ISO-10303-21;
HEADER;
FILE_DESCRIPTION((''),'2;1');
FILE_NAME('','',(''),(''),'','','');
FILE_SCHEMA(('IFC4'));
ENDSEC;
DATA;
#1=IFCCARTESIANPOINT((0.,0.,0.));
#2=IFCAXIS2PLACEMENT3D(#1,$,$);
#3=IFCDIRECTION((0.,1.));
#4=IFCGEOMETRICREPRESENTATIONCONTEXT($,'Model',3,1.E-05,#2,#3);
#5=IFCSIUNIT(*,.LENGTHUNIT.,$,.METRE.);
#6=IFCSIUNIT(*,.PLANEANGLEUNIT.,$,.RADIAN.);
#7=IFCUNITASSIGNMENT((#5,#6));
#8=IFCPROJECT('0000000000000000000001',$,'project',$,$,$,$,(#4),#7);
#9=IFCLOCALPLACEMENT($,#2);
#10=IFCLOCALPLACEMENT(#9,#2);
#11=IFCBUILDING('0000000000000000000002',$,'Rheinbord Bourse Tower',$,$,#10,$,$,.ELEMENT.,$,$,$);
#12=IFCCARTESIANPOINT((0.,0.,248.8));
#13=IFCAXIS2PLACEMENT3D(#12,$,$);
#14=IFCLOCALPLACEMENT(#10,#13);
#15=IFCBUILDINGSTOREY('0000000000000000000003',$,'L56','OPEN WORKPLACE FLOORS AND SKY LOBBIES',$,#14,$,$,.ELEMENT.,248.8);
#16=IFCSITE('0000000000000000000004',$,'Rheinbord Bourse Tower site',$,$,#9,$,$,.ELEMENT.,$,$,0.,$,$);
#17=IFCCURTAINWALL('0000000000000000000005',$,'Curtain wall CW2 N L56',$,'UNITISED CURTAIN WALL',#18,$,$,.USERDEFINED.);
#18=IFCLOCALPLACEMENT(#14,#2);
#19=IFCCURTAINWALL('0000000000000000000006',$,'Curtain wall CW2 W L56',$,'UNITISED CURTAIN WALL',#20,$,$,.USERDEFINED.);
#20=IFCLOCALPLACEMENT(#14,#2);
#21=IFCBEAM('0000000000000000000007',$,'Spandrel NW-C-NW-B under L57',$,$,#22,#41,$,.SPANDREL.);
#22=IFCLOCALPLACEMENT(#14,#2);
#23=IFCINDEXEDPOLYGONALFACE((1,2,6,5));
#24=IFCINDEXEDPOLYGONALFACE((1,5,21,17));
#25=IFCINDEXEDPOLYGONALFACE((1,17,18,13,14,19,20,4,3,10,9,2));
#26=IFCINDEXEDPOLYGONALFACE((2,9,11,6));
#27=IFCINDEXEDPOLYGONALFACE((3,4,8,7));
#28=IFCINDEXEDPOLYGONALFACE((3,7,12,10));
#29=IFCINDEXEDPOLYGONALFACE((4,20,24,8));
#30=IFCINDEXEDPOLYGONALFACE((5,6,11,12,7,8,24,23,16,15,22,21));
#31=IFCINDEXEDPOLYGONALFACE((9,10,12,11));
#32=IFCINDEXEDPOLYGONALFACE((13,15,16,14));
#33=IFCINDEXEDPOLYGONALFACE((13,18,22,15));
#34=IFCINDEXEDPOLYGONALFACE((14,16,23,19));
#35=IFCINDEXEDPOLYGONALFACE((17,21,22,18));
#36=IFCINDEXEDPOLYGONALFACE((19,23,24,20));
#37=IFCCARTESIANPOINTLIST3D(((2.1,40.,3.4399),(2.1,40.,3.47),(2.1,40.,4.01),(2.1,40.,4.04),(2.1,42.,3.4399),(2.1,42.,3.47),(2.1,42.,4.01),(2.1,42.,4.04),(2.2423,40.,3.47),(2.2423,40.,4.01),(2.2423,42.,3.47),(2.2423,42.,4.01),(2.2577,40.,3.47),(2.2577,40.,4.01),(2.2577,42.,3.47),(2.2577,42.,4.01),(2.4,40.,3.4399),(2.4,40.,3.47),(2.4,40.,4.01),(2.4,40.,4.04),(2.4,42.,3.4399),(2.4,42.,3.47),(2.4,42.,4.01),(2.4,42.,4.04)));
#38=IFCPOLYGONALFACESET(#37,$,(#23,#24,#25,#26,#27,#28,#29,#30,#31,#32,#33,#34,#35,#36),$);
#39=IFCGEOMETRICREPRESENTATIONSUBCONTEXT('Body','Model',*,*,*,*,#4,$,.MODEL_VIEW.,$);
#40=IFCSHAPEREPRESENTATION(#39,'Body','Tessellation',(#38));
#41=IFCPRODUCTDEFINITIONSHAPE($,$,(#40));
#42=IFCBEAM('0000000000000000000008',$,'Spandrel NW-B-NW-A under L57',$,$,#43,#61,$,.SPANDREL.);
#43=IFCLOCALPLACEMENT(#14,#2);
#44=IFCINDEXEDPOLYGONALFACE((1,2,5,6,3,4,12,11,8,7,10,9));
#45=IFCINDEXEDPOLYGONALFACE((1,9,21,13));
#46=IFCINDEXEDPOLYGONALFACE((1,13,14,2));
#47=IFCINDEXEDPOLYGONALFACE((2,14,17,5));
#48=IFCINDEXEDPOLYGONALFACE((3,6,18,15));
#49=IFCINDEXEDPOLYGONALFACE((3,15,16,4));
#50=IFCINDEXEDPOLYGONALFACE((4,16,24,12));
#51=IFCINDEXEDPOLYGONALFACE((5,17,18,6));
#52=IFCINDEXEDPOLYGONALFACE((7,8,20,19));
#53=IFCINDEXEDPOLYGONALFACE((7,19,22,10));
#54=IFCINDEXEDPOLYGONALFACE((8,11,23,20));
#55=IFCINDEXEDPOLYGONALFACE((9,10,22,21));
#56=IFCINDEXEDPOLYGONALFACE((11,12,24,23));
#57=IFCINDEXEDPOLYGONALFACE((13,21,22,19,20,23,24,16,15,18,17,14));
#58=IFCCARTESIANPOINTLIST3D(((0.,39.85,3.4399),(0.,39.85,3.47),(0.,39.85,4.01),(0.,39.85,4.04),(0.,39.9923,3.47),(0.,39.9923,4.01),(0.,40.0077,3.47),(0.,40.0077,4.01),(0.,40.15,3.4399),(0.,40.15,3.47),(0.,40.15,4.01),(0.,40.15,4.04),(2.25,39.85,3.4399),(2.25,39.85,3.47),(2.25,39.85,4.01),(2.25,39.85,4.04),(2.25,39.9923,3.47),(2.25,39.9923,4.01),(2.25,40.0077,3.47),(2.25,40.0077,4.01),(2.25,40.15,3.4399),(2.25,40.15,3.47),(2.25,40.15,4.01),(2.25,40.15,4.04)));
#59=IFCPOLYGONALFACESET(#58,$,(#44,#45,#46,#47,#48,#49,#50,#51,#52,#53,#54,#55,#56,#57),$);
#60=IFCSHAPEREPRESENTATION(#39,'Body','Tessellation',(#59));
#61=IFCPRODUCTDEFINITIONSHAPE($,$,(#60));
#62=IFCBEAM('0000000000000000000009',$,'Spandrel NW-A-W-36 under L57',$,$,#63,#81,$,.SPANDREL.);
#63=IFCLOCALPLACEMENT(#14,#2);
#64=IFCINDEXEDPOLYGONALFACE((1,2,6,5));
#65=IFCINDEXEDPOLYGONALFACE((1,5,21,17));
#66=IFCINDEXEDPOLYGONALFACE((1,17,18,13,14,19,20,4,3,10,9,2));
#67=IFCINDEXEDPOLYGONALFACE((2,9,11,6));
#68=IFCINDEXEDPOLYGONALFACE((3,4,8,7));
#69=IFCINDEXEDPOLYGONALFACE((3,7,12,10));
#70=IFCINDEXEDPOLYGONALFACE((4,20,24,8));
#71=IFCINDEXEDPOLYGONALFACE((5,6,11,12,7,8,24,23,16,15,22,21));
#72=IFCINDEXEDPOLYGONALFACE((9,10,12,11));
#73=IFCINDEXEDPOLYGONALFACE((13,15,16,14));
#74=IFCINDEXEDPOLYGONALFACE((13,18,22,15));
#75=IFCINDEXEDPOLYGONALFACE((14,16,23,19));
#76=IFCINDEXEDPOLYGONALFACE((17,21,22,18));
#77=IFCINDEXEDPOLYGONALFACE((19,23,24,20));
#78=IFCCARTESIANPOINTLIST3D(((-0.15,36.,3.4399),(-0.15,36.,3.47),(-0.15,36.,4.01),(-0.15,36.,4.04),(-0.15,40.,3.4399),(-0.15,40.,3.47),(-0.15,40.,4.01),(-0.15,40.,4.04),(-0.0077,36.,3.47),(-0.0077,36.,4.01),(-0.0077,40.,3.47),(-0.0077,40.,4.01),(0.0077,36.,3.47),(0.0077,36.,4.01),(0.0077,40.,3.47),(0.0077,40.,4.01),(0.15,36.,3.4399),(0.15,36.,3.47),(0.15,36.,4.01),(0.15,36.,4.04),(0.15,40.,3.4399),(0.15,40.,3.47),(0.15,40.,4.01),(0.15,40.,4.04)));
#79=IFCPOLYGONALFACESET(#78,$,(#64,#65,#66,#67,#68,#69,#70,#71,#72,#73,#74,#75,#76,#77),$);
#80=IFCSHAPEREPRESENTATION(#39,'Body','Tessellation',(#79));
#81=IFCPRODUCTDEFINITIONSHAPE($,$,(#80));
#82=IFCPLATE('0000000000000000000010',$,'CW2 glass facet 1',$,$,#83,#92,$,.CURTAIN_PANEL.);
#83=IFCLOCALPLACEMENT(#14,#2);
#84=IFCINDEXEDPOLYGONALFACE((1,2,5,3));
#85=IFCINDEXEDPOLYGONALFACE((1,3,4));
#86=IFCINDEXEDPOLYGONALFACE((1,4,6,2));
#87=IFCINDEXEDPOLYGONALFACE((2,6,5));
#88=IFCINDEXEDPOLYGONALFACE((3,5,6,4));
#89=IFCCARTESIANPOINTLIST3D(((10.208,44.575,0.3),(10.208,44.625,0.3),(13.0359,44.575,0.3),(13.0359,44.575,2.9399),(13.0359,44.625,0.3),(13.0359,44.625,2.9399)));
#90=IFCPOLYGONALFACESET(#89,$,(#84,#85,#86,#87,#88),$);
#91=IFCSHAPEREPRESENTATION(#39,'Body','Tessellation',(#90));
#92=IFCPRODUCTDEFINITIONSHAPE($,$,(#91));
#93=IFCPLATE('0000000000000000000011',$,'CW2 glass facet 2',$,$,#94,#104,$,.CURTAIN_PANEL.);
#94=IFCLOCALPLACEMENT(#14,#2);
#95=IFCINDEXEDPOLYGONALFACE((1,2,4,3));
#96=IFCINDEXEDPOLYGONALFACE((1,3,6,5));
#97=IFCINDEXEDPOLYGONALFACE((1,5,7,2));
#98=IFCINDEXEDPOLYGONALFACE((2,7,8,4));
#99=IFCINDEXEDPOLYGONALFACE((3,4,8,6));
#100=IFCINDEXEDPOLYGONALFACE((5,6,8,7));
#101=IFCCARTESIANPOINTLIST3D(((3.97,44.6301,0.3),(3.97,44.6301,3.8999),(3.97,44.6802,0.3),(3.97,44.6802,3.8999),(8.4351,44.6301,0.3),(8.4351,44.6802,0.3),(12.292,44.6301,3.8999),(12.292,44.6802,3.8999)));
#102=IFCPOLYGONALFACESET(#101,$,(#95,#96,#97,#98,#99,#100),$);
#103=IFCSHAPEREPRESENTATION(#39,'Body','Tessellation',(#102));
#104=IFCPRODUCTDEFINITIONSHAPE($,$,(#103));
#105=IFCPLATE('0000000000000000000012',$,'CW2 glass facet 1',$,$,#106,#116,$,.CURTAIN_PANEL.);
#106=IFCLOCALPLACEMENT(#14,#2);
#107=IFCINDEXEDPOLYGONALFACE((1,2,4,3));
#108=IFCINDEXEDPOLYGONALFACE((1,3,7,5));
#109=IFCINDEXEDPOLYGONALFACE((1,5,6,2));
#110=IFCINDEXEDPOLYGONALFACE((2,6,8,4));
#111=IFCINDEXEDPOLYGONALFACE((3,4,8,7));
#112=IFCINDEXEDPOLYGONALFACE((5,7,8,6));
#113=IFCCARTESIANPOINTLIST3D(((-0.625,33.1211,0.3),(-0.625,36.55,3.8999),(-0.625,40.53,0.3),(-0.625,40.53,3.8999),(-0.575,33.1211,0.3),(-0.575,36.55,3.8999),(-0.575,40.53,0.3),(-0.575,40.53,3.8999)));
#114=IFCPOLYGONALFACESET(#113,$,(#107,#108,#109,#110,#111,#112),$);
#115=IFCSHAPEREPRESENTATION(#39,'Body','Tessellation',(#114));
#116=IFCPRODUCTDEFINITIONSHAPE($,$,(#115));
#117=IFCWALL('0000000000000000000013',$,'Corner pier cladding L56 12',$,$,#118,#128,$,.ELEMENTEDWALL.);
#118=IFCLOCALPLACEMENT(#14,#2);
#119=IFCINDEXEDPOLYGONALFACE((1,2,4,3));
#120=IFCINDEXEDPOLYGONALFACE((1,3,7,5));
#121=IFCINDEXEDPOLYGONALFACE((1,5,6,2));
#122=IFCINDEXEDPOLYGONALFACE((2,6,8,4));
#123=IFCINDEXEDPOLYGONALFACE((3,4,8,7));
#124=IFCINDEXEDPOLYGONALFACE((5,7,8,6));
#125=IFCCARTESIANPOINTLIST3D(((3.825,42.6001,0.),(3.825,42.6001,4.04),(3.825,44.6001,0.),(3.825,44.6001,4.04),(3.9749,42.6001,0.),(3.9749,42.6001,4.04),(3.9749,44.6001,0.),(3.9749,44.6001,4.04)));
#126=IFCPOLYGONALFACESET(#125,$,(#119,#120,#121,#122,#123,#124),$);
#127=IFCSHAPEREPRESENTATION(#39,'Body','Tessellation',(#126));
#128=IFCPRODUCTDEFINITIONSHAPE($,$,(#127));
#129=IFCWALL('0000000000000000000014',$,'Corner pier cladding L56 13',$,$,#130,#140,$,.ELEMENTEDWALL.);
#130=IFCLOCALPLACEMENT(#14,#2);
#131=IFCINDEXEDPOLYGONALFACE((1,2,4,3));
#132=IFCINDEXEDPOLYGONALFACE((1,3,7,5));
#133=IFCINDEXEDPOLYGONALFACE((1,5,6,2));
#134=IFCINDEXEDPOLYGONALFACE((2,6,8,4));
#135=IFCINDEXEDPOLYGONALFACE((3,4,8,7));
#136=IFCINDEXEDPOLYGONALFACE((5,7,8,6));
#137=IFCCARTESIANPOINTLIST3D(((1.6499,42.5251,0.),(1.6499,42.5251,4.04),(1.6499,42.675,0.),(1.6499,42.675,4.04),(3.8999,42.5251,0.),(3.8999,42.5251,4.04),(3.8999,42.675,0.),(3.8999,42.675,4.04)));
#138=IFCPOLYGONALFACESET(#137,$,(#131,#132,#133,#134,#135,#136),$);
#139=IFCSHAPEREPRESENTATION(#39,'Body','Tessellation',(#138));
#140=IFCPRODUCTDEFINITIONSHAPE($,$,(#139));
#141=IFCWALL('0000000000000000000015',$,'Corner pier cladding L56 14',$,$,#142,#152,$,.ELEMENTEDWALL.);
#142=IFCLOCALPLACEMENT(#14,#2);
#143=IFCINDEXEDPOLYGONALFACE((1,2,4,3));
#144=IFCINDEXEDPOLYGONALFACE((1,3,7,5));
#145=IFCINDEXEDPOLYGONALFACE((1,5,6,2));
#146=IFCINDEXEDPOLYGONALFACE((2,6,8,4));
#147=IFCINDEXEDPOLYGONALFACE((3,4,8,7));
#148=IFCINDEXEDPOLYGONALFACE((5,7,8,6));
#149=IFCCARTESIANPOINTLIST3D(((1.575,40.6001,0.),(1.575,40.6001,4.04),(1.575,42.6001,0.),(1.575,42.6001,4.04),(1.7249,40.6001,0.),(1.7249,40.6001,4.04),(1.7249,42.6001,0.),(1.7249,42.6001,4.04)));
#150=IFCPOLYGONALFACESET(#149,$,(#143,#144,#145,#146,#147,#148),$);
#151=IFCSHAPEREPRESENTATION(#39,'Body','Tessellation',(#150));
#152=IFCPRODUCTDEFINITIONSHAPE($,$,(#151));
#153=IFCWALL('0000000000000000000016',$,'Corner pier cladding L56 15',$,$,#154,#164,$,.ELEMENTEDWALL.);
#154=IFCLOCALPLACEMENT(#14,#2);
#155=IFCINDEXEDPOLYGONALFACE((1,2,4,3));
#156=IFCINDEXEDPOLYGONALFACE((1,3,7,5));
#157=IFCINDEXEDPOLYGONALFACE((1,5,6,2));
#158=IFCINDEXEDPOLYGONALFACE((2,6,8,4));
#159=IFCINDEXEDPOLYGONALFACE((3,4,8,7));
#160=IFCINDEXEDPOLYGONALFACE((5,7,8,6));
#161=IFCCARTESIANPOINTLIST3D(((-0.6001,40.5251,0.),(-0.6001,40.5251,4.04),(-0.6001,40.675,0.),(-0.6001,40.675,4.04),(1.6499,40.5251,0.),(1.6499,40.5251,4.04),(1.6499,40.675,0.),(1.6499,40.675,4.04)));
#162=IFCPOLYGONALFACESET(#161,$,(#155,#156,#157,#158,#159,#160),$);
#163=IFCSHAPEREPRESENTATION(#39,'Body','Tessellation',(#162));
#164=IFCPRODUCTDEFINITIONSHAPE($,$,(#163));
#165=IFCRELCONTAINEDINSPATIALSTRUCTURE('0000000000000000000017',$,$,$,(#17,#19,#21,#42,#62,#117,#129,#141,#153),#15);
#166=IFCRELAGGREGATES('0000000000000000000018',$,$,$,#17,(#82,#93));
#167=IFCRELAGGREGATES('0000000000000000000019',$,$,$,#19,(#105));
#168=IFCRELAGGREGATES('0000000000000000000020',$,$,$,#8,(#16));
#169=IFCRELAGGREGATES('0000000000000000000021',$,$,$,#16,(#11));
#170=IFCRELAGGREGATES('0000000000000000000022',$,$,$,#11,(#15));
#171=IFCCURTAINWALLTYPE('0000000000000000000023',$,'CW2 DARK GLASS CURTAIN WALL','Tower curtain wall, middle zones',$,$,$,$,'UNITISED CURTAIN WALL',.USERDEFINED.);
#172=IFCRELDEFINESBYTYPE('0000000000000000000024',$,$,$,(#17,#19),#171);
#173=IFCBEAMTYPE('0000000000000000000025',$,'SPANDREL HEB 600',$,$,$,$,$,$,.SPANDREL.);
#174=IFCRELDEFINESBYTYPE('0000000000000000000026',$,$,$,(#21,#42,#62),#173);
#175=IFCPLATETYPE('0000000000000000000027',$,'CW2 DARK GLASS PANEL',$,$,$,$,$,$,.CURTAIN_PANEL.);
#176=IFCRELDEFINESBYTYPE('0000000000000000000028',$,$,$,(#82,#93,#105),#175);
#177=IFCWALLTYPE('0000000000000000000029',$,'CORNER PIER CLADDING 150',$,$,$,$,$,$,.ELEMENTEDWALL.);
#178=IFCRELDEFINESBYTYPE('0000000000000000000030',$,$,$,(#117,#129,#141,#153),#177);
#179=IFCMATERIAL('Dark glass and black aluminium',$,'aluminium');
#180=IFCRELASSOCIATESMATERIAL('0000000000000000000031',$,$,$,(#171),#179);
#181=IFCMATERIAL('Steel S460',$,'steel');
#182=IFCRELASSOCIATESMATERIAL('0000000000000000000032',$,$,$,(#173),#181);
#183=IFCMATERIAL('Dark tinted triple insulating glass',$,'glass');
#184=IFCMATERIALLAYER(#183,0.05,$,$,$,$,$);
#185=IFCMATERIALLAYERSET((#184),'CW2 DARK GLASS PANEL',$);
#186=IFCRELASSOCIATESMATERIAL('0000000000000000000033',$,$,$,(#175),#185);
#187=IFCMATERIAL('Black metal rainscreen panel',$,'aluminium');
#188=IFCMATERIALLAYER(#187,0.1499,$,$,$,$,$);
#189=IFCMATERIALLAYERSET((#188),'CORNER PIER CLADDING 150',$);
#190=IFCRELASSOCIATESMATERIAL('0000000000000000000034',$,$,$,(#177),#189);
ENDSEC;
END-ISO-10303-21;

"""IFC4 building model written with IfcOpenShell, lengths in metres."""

from ifc_helpers import new_model, si_unit, direction, frame, frame_2d, origin, origin_2d, place, context, subcontext, project, spatial, polyline, rectangle, i_section, outline, extrude, material, layer, layer_set, material_profile, profile_set, type_object, element, aggregate, save


model = new_model("IFC4")

# Units and contexts
model_context = context("Model", 3, precision=1e-05, world=origin(), true_north=direction((0.0, 1.0)))
body_context = subcontext(model_context, "Body", "Model", "MODEL_VIEW")
ifc_project = project(units=[si_unit("LENGTHUNIT", "METRE"), si_unit("PLANEANGLEUNIT", "RADIAN")], contexts=[model_context])

# Site, building, storey
site_placement = place(None, origin())
site = spatial("IfcSite", under=ifc_project, at=site_placement, Name="Rheinbord Bourse Tower site", CompositionType="ELEMENT", RefElevation=0.0)
building_placement = place(site_placement, origin())
building = spatial("IfcBuilding", under=site, at=building_placement, Name="Rheinbord Bourse Tower", CompositionType="ELEMENT")
storey_placement = place(building_placement, frame((0.0, 0.0, 248.8)))
storey = spatial("IfcBuildingStorey", under=building, at=storey_placement, Name="L56", Description="OPEN WORKPLACE FLOORS AND SKY LOBBIES", CompositionType="ELEMENT", Elevation=248.8)

# Curtain wall
ifc_material_1 = material(Name="Dark glass and black aluminium", Category="aluminium")
curtain_wall_type = type_object("IfcCurtainWallType", Name="CW2 DARK GLASS CURTAIN WALL", Description="Tower curtain wall, middle zones", ElementType="UNITISED CURTAIN WALL", PredefinedType="USERDEFINED", material=ifc_material_1)
curtain_wall_1_placement = place(storey_placement, origin())
curtain_wall_1 = element("IfcCurtainWall", 1, at=curtain_wall_1_placement, inside=storey, type_object=curtain_wall_type, Name="Curtain wall CW2 N L56", ObjectType="UNITISED CURTAIN WALL", PredefinedType="USERDEFINED")

# Curtain wall
curtain_wall_2_placement = place(storey_placement, origin())
curtain_wall_2 = element("IfcCurtainWall", 2, at=curtain_wall_2_placement, inside=storey, type_object=curtain_wall_type, Name="Curtain wall CW2 W L56", ObjectType="UNITISED CURTAIN WALL", PredefinedType="USERDEFINED")

# Beams
ifc_material_2 = material(Name="Steel S460", Category="steel")
ifc_material_profile_1 = material_profile(ifc_material_2, i_section(OverallWidth=0.3, OverallDepth=0.6001, WebThickness=0.0154, FlangeThickness=0.03, at=origin_2d()), Name="HEB 600")
ifc_profile_set_1 = profile_set([ifc_material_profile_1], Name="Steel S460")
beam_type_1 = type_object("IfcBeamType", Name="SPANDREL HEB 600", PredefinedType="SPANDREL", material=ifc_profile_set_1)
beam_1_placement = place(storey_placement, frame((2.25, 42.0, 3.74), z_axis=(0.0, -1.0, 0.0), x_axis=(1.0, 0.0, 0.0)))
element("IfcBeam", 3, at=beam_1_placement, inside=storey, type_object=beam_type_1, Name="Spandrel NW-C-NW-B under L57", PredefinedType="SPANDREL", context=body_context, shape_type="SweptSolid", body=[
    extrude(i_section(OverallWidth=0.3, OverallDepth=0.6001, WebThickness=0.0154, FlangeThickness=0.03, at=origin_2d()), origin(), (0.0, 0.0, 1.0), 2.0),
])
beam_2_placement = place(storey_placement, frame((2.25, 40.0, 3.74), z_axis=(-1.0, 0.0, 0.0), x_axis=(0.0, -1.0, 0.0)))
element("IfcBeam", 4, at=beam_2_placement, inside=storey, type_object=beam_type_1, Name="Spandrel NW-B-NW-A under L57", PredefinedType="SPANDREL", context=body_context, shape_type="SweptSolid", body=[
    extrude(i_section(OverallWidth=0.3, OverallDepth=0.6001, WebThickness=0.0154, FlangeThickness=0.03, at=origin_2d()), origin(), (0.0, 0.0, 1.0), 2.25),
])
beam_3_placement = place(storey_placement, frame((0.0, 40.0, 3.74), z_axis=(0.0, -1.0, 0.0), x_axis=(1.0, 0.0, 0.0)))
element("IfcBeam", 5, at=beam_3_placement, inside=storey, type_object=beam_type_1, Name="Spandrel NW-A-W-36 under L57", PredefinedType="SPANDREL", context=body_context, shape_type="SweptSolid", body=[
    extrude(i_section(OverallWidth=0.3, OverallDepth=0.6001, WebThickness=0.0154, FlangeThickness=0.03, at=origin_2d()), origin(), (0.0, 0.0, 1.0), 4.0),
])

# Plates
ifc_material_3 = material(Name="Dark tinted triple insulating glass", Category="glass")
ifc_layer_1 = layer(ifc_material_3, 0.05)
ifc_layer_set_1 = layer_set([ifc_layer_1], Name="CW2 DARK GLASS PANEL")
plate_type = type_object("IfcPlateType", Name="CW2 DARK GLASS PANEL", PredefinedType="CURTAIN_PANEL", material=ifc_layer_set_1)
plate_1_placement = place(storey_placement, frame((13.0359, 44.625, 0.3), z_axis=(0.0, -1.0, 0.0), x_axis=(0.0, 0.0, 1.0)))
plate_1 = element("IfcPlate", 6, at=plate_1_placement, type_object=plate_type, Name="CW2 glass facet 1", PredefinedType="CURTAIN_PANEL", context=body_context, shape_type="SweptSolid", body=[
    extrude(outline(polyline([(0.0, 0.0), (2.6399, 0.0), (0.0, 2.8279), (0.0, 0.0)])), origin(), (0.0, 0.0, 1.0), 0.05),
])
plate_2_placement = place(storey_placement, frame((3.97, 44.6802, 3.8999), z_axis=(0.0, -1.0, 0.0), x_axis=(0.0, 0.0, -1.0)))
plate_2 = element("IfcPlate", 7, at=plate_2_placement, type_object=plate_type, Name="CW2 glass facet 2", PredefinedType="CURTAIN_PANEL", context=body_context, shape_type="SweptSolid", body=[
    extrude(outline(polyline([(0.0, 0.0), (3.5999, 0.0), (3.5999, 4.4651), (0.0, 8.322), (0.0, 0.0)])), origin(), (0.0, 0.0, 1.0), 0.05),
])
aggregate(curtain_wall_1, [plate_1, plate_2])
plate_3_placement = place(storey_placement, frame((-0.625, 40.53, 0.3), z_axis=(1.0, 0.0, 0.0), x_axis=(0.0, 0.0, 1.0)))
plate_3 = element("IfcPlate", 8, at=plate_3_placement, type_object=plate_type, Name="CW2 glass facet 1", PredefinedType="CURTAIN_PANEL", context=body_context, shape_type="SweptSolid", body=[
    extrude(outline(polyline([(0.0, 0.0), (3.5999, 0.0), (3.5999, 3.98), (0.0, 7.4089), (0.0, 0.0)])), origin(), (0.0, 0.0, 1.0), 0.05),
])
aggregate(curtain_wall_2, [plate_3])

# Walls
ifc_material_4 = material(Name="Black metal rainscreen panel", Category="aluminium")
ifc_layer_2 = layer(ifc_material_4, 0.1499)
ifc_layer_set_2 = layer_set([ifc_layer_2], Name="CORNER PIER CLADDING 150")
wall_type_1 = type_object("IfcWallType", Name="CORNER PIER CLADDING 150", PredefinedType="ELEMENTEDWALL", material=ifc_layer_set_2)
wall_1_placement = place(storey_placement, frame((3.8999, 44.6001, 0.0), z_axis=(0.0, 0.0, 1.0), x_axis=(0.0, -1.0, 0.0)))
element("IfcWall", 9, at=wall_1_placement, inside=storey, type_object=wall_type_1, Name="Corner pier cladding L56 12", PredefinedType="ELEMENTEDWALL", context=body_context, shape_type="SweptSolid", body=[
    extrude(rectangle(XDim=2.0, YDim=0.1499, at=frame_2d((1.0, 0.0))), origin(), (0.0, 0.0, 1.0), 4.04),
])
wall_2_placement = place(storey_placement, frame((3.8999, 42.6001, 0.0), z_axis=(0.0, 0.0, 1.0), x_axis=(-1.0, 0.0, 0.0)))
element("IfcWall", 10, at=wall_2_placement, inside=storey, type_object=wall_type_1, Name="Corner pier cladding L56 13", PredefinedType="ELEMENTEDWALL", context=body_context, shape_type="SweptSolid", body=[
    extrude(rectangle(XDim=2.25, YDim=0.1499, at=frame_2d((1.125, 0.0))), origin(), (0.0, 0.0, 1.0), 4.04),
])
wall_3_placement = place(storey_placement, frame((1.6499, 42.6001, 0.0), z_axis=(0.0, 0.0, 1.0), x_axis=(0.0, -1.0, 0.0)))
element("IfcWall", 11, at=wall_3_placement, inside=storey, type_object=wall_type_1, Name="Corner pier cladding L56 14", PredefinedType="ELEMENTEDWALL", context=body_context, shape_type="SweptSolid", body=[
    extrude(rectangle(XDim=2.0, YDim=0.1499, at=frame_2d((1.0, 0.0))), origin(), (0.0, 0.0, 1.0), 4.04),
])
wall_4_placement = place(storey_placement, frame((1.6499, 40.6001, 0.0), z_axis=(0.0, 0.0, 1.0), x_axis=(-1.0, 0.0, 0.0)))
element("IfcWall", 12, at=wall_4_placement, inside=storey, type_object=wall_type_1, Name="Corner pier cladding L56 15", PredefinedType="ELEMENTEDWALL", context=body_context, shape_type="SweptSolid", body=[
    extrude(rectangle(XDim=2.25, YDim=0.1499, at=frame_2d((1.125, 0.0))), origin(), (0.0, 0.0, 1.0), 4.04),
])

save(model, "model.ifc")
